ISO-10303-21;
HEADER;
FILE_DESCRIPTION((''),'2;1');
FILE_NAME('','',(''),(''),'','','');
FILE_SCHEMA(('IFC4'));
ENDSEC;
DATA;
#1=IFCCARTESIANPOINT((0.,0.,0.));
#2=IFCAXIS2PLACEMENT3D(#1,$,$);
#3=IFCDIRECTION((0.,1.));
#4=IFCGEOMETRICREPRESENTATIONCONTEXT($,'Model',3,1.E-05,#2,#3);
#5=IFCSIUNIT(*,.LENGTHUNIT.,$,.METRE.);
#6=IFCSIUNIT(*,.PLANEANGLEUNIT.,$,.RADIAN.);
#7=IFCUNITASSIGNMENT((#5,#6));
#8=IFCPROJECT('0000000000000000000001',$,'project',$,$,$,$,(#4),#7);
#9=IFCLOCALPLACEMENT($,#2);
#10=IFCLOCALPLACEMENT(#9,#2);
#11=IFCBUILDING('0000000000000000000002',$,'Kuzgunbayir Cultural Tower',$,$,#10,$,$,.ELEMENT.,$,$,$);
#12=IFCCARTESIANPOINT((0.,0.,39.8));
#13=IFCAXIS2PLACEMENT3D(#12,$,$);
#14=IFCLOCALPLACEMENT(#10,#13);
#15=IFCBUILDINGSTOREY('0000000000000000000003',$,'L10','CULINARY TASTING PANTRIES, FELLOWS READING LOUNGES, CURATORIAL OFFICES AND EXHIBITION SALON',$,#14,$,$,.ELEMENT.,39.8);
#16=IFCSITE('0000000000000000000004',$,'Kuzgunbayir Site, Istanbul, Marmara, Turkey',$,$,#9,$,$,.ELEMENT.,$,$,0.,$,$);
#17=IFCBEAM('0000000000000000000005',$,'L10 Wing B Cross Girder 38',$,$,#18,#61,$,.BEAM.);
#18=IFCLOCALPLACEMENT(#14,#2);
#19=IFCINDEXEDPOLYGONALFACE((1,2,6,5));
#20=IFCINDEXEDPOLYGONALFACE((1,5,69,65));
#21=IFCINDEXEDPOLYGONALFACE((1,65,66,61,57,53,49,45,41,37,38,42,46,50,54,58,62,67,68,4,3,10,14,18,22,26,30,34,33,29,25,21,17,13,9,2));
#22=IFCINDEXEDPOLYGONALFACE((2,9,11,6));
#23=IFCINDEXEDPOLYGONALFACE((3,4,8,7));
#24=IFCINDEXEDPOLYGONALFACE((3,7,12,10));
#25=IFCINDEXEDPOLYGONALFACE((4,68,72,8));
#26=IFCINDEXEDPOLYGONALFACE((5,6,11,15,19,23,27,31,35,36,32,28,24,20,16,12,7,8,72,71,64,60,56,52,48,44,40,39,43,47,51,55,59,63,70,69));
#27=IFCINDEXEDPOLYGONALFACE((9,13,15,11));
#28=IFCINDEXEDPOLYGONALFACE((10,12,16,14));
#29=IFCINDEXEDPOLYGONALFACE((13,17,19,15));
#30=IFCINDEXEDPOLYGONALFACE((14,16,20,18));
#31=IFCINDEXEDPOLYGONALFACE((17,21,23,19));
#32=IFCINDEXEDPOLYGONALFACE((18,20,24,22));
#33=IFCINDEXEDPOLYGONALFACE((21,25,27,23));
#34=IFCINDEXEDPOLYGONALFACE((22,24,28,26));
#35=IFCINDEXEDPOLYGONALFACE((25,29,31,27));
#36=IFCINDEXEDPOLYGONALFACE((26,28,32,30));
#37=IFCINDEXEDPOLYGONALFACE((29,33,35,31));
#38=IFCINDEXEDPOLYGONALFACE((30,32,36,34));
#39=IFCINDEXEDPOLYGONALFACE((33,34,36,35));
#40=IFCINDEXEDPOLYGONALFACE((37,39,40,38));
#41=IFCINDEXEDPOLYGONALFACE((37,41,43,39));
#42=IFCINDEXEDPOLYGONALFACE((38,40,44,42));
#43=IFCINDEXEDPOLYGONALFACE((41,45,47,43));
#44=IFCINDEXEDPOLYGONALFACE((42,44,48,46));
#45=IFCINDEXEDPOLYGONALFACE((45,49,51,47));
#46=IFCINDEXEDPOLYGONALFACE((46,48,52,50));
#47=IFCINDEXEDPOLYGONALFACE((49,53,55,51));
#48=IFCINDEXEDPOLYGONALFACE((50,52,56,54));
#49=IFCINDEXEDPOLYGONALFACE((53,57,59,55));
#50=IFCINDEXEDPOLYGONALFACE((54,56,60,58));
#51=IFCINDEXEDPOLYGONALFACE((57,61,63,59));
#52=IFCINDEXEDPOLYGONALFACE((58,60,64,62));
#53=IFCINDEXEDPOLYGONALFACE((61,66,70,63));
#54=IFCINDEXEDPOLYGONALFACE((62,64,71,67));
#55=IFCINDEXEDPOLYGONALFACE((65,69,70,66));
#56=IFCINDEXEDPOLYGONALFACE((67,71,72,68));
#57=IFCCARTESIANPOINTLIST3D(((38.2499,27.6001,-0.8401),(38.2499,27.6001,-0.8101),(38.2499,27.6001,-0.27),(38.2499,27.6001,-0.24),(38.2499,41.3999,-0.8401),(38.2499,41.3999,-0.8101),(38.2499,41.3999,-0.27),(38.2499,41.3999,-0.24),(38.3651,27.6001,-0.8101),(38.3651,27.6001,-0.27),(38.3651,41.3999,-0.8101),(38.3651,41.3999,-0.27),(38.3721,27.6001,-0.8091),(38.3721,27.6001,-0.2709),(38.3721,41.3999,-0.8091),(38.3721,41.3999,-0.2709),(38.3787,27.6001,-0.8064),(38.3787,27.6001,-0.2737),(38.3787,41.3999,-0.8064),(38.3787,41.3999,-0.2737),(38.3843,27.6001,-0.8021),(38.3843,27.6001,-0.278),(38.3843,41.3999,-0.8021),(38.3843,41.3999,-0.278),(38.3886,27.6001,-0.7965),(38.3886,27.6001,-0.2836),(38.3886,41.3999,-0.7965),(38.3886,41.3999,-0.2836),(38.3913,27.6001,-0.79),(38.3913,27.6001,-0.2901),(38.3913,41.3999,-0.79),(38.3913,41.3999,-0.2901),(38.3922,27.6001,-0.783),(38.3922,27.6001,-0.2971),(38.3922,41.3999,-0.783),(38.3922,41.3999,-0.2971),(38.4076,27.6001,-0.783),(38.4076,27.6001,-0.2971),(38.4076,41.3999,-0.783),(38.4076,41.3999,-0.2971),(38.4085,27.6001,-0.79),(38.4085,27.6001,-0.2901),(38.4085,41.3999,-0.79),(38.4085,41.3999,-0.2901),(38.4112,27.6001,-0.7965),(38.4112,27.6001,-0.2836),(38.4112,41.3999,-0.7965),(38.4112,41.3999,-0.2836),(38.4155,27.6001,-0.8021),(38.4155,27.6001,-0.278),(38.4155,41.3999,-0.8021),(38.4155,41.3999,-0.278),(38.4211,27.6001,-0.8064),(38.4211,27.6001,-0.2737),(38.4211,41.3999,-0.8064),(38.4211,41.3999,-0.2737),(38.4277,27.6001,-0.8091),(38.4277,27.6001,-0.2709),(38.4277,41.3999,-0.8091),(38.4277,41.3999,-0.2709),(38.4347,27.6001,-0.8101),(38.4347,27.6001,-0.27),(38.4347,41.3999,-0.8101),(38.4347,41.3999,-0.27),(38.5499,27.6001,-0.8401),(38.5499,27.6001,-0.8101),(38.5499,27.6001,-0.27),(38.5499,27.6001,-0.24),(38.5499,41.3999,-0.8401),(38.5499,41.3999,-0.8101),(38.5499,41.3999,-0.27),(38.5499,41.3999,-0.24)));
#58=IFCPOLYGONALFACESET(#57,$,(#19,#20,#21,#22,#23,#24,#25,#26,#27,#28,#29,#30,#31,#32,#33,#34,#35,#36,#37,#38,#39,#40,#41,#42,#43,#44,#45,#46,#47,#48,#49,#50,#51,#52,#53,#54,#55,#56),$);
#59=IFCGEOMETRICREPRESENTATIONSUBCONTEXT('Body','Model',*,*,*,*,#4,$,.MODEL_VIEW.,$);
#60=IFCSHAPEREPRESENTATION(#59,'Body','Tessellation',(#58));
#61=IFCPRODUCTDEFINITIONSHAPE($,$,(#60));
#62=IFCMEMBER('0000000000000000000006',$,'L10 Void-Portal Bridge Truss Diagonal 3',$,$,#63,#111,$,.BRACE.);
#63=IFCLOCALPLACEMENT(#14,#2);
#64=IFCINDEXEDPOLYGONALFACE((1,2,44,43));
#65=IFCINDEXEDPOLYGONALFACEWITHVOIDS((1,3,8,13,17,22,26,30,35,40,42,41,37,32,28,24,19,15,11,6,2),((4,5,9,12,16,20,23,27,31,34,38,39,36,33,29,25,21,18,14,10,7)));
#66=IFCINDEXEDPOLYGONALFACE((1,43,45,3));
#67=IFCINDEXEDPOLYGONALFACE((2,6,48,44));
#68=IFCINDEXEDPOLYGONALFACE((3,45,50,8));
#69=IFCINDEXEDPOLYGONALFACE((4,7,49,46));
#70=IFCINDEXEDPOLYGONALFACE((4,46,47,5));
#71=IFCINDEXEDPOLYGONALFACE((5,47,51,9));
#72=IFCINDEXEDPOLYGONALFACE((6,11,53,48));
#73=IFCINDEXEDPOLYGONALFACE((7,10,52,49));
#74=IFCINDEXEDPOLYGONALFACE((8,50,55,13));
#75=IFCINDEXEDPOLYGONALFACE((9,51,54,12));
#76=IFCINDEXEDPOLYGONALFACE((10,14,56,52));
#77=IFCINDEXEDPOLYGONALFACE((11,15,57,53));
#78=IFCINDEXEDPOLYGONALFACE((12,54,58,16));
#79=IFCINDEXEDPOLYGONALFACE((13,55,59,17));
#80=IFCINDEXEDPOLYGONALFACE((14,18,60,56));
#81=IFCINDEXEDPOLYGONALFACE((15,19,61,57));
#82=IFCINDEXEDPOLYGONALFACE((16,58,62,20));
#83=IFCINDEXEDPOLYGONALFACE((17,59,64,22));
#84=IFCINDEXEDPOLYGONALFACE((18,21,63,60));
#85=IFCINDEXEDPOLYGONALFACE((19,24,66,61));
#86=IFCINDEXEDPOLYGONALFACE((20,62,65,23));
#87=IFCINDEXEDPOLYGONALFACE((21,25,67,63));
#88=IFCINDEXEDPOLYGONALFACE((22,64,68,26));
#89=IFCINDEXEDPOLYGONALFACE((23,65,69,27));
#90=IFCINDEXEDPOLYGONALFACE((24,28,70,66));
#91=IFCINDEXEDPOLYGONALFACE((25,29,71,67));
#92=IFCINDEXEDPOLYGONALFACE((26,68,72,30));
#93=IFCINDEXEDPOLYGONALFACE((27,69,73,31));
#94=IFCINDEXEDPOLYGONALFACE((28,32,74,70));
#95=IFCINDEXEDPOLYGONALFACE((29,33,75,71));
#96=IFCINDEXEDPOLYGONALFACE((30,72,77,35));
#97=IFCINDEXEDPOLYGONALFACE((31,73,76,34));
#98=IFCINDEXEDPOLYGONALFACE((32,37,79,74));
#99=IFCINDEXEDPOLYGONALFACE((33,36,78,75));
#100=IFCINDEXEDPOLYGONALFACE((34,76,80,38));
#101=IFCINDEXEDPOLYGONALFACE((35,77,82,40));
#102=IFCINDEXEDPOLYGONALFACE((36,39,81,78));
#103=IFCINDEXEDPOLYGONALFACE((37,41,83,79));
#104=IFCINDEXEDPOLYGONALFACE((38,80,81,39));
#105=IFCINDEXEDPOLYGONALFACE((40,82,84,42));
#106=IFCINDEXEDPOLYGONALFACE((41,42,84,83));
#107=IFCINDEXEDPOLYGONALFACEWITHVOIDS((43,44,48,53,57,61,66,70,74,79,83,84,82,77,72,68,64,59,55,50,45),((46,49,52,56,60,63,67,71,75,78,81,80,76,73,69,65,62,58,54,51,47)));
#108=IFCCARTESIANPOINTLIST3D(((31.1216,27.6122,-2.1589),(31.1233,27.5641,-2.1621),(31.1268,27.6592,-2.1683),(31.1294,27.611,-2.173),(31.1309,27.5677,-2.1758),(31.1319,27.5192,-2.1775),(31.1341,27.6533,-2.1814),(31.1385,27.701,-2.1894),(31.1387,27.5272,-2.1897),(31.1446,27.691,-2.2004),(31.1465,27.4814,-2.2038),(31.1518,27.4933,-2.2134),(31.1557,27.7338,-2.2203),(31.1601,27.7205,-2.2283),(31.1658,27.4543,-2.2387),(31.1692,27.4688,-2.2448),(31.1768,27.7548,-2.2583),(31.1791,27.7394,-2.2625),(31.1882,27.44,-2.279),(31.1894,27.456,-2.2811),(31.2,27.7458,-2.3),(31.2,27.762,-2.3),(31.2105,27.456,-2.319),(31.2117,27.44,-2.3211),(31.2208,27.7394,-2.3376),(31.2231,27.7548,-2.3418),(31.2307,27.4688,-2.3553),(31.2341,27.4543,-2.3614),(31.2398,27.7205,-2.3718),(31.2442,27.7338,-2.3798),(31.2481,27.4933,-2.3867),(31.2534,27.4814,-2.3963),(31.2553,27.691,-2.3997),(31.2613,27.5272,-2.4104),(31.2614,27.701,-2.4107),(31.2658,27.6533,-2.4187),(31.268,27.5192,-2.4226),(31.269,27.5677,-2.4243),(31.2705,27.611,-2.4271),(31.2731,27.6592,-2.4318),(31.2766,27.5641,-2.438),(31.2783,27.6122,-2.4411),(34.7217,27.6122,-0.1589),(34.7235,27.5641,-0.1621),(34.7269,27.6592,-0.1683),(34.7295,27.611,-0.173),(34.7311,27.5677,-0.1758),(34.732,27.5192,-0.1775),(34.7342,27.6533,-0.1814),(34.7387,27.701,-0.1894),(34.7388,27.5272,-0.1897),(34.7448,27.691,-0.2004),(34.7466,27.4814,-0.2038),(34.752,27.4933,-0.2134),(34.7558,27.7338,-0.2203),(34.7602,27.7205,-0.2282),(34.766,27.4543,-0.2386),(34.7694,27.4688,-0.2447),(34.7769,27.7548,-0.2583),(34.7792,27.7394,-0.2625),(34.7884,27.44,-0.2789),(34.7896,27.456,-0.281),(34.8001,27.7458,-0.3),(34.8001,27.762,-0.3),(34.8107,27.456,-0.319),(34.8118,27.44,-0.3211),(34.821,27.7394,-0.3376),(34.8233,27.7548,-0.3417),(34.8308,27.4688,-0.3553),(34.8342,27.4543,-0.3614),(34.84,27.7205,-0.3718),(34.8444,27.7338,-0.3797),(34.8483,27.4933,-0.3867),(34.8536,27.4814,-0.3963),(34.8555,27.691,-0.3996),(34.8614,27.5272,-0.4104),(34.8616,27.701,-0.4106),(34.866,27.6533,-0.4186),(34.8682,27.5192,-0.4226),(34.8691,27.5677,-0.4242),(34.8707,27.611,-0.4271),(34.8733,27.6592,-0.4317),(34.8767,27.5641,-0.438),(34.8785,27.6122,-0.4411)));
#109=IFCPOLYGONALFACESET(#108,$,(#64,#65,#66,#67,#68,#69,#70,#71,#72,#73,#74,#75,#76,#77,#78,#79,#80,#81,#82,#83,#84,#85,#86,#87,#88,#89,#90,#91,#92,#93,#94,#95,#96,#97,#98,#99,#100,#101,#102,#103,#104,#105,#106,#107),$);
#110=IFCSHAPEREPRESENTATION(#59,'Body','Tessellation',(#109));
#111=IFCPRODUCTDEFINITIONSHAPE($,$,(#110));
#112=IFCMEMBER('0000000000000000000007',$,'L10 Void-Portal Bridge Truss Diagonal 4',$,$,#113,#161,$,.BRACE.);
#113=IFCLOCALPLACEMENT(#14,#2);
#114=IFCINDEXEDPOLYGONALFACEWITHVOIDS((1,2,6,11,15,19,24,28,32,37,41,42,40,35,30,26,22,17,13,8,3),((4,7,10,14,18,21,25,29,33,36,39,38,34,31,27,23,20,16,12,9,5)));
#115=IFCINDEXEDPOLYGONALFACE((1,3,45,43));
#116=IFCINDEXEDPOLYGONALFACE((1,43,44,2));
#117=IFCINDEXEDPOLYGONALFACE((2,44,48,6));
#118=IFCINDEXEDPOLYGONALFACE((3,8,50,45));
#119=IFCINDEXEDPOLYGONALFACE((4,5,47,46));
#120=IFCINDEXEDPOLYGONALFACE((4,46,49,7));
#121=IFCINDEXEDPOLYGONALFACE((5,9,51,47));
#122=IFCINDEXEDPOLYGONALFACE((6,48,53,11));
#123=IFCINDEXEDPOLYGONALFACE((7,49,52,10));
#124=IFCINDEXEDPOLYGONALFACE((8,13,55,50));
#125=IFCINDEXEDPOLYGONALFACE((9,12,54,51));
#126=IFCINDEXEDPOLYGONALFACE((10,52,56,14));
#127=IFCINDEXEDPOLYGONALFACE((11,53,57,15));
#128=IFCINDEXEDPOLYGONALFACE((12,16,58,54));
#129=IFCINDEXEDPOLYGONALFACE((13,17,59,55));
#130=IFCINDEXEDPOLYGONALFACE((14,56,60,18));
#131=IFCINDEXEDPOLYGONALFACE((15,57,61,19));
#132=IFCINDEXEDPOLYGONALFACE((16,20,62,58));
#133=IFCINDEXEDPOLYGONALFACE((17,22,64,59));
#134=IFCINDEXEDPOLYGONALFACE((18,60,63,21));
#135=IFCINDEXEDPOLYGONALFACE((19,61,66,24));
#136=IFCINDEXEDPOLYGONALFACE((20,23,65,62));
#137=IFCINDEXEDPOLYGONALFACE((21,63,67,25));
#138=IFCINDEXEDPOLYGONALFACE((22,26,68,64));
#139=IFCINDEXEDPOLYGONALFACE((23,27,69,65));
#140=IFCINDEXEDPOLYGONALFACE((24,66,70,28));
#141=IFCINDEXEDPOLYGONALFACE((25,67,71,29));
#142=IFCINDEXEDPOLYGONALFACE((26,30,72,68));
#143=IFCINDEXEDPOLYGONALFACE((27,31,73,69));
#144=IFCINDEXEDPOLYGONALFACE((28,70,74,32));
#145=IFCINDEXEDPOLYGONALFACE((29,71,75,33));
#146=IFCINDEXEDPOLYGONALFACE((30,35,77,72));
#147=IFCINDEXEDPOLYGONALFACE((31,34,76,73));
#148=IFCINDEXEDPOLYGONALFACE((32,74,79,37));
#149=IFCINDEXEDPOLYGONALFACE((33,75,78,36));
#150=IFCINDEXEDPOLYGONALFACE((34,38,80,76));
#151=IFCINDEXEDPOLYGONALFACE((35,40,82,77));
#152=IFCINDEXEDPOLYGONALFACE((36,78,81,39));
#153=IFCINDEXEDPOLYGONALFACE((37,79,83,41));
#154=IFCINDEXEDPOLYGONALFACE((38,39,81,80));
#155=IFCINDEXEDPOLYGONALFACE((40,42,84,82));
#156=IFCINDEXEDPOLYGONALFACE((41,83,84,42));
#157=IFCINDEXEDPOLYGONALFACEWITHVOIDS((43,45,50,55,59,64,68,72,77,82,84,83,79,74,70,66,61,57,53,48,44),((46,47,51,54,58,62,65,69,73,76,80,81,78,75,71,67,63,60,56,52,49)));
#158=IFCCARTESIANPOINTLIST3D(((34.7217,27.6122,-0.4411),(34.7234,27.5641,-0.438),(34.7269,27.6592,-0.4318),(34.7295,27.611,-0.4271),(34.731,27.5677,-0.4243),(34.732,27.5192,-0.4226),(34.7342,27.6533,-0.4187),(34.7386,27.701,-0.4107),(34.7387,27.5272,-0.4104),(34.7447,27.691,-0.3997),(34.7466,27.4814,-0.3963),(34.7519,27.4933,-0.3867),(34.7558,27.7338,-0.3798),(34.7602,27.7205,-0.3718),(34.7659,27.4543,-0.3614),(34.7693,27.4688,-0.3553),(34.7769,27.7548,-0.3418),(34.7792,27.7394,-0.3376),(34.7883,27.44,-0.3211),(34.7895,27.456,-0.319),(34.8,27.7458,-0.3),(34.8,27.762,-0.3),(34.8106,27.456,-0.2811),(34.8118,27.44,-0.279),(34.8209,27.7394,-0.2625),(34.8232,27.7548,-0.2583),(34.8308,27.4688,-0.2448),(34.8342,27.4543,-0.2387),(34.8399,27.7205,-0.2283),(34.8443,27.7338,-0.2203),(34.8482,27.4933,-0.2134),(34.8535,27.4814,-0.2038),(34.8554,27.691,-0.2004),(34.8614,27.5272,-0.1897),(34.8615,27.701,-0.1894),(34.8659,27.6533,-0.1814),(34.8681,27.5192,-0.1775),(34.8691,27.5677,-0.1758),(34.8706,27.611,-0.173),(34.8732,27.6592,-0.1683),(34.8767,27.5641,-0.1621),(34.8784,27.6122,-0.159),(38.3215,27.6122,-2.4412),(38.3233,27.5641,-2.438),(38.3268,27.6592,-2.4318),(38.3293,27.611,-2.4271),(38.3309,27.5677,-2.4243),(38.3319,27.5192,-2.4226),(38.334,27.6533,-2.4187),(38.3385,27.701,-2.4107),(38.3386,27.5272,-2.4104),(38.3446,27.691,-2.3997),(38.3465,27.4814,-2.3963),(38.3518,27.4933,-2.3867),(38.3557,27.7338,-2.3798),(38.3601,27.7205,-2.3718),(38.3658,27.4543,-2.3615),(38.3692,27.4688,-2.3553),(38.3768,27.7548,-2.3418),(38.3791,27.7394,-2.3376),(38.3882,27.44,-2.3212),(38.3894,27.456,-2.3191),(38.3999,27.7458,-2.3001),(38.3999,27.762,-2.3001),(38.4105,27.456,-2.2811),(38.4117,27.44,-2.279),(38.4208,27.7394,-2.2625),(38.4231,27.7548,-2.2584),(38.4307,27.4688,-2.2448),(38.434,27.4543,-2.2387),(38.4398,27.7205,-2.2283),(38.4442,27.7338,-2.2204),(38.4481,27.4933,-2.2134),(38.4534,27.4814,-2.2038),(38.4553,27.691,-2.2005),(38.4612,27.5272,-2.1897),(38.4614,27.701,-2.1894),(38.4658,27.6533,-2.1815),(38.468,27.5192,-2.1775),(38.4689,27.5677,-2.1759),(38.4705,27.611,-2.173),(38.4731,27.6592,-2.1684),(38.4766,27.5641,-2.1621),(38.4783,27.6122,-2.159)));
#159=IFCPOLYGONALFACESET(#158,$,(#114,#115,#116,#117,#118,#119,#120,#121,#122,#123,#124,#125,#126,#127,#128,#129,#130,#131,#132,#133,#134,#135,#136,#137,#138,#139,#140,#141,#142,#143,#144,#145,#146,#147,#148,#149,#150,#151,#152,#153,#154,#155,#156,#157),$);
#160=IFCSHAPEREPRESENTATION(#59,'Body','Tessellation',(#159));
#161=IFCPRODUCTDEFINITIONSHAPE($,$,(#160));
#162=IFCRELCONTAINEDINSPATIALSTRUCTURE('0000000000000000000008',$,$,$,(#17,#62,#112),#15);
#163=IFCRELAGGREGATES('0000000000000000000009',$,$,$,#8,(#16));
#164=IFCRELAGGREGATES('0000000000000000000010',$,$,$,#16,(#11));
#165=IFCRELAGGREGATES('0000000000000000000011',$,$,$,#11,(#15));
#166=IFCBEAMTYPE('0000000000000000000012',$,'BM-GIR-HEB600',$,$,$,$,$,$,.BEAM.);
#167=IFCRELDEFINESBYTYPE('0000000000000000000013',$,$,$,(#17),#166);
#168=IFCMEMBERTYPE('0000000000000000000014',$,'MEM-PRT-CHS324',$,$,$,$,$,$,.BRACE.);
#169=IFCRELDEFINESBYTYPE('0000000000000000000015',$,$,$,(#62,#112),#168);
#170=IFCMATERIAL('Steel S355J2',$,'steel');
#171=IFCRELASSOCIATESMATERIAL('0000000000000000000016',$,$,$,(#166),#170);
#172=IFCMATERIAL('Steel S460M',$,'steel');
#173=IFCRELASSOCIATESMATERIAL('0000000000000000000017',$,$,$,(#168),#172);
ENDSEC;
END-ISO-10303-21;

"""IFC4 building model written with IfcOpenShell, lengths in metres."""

from ifc_helpers import new_model, si_unit, direction, frame, origin, origin_2d, place, context, subcontext, project, spatial, hollow_circle, i_section, extrude, material, material_profile, profile_set, type_object, element, save


model = new_model("IFC4")

# Units and contexts
model_context = context("Model", 3, precision=1e-05, world=origin(), true_north=direction((0.0, 1.0)))
body_context = subcontext(model_context, "Body", "Model", "MODEL_VIEW")
ifc_project = project(units=[si_unit("LENGTHUNIT", "METRE"), si_unit("PLANEANGLEUNIT", "RADIAN")], contexts=[model_context])

# Site, building, storey
site_placement = place(None, origin())
site = spatial("IfcSite", under=ifc_project, at=site_placement, Name="Kuzgunbayir Site, Istanbul, Marmara, Turkey", CompositionType="ELEMENT", RefElevation=0.0)
building_placement = place(site_placement, origin())
building = spatial("IfcBuilding", under=site, at=building_placement, Name="Kuzgunbayir Cultural Tower", CompositionType="ELEMENT")
storey_placement = place(building_placement, frame((0.0, 0.0, 39.8)))
storey = spatial("IfcBuildingStorey", under=building, at=storey_placement, Name="L10", Description="CULINARY TASTING PANTRIES, FELLOWS READING LOUNGES, CURATORIAL OFFICES AND EXHIBITION SALON", CompositionType="ELEMENT", Elevation=39.8)

# Beam
ifc_material_1 = material(Name="Steel S355J2", Category="steel")
ifc_material_profile_1 = material_profile(ifc_material_1, i_section(OverallWidth=0.3, OverallDepth=0.6001, WebThickness=0.0154, FlangeThickness=0.03, FilletRadius=0.0271, at=origin_2d()), Name="HEB 600")
ifc_profile_set_1 = profile_set([ifc_material_profile_1], Name="Steel S355J2")
beam_type_1 = type_object("IfcBeamType", Name="BM-GIR-HEB600", PredefinedType="BEAM", material=ifc_profile_set_1)
beam_1_placement = place(storey_placement, frame((38.3999, 27.6001, -0.54), z_axis=(0.0, 1.0, 0.0), x_axis=(-1.0, 0.0, 0.0)))
element("IfcBeam", 1, at=beam_1_placement, inside=storey, type_object=beam_type_1, Name="L10 Wing B Cross Girder 38", PredefinedType="BEAM", context=body_context, shape_type="SweptSolid", body=[
    extrude(i_section(OverallWidth=0.3, OverallDepth=0.6001, WebThickness=0.0154, FlangeThickness=0.03, FilletRadius=0.0271, at=origin_2d()), origin(), (0.0, 0.0, 1.0), 13.7998),
])

# Members
ifc_material_2 = material(Name="Steel S460M", Category="steel")
ifc_material_profile_2 = material_profile(ifc_material_2, hollow_circle(Radius=0.1619, WallThickness=0.0161, at=origin_2d()), Name="CHS 323.9x16")
ifc_profile_set_2 = profile_set([ifc_material_profile_2], Name="Steel S460M")
member_type_1 = type_object("IfcMemberType", Name="MEM-PRT-CHS324", PredefinedType="BRACE", material=ifc_profile_set_2)
member_1_placement = place(storey_placement, frame((31.2, 27.6001, -2.3), z_axis=(0.874163, 0.0, 0.485633), x_axis=(0.0, 1.0, 0.0)))
element("IfcMember", 2, at=member_1_placement, inside=storey, type_object=member_type_1, Name="L10 Void-Portal Bridge Truss Diagonal 3", PredefinedType="BRACE", context=body_context, shape_type="SweptSolid", body=[
    extrude(hollow_circle(Radius=0.1619, WallThickness=0.0161, at=origin_2d()), origin(), (0.0, 0.0, 1.0), 4.1184),
])
member_2_placement = place(storey_placement, frame((34.8, 27.6001, -0.3), z_axis=(0.874149, 0.0, -0.485658), x_axis=(0.0, 1.0, 0.0)))
element("IfcMember", 3, at=member_2_placement, inside=storey, type_object=member_type_1, Name="L10 Void-Portal Bridge Truss Diagonal 4", PredefinedType="BRACE", context=body_context, shape_type="SweptSolid", body=[
    extrude(hollow_circle(Radius=0.1619, WallThickness=0.0161, at=origin_2d()), origin(), (0.0, 0.0, 1.0), 4.1182),
])

save(model, "model.ifc")
